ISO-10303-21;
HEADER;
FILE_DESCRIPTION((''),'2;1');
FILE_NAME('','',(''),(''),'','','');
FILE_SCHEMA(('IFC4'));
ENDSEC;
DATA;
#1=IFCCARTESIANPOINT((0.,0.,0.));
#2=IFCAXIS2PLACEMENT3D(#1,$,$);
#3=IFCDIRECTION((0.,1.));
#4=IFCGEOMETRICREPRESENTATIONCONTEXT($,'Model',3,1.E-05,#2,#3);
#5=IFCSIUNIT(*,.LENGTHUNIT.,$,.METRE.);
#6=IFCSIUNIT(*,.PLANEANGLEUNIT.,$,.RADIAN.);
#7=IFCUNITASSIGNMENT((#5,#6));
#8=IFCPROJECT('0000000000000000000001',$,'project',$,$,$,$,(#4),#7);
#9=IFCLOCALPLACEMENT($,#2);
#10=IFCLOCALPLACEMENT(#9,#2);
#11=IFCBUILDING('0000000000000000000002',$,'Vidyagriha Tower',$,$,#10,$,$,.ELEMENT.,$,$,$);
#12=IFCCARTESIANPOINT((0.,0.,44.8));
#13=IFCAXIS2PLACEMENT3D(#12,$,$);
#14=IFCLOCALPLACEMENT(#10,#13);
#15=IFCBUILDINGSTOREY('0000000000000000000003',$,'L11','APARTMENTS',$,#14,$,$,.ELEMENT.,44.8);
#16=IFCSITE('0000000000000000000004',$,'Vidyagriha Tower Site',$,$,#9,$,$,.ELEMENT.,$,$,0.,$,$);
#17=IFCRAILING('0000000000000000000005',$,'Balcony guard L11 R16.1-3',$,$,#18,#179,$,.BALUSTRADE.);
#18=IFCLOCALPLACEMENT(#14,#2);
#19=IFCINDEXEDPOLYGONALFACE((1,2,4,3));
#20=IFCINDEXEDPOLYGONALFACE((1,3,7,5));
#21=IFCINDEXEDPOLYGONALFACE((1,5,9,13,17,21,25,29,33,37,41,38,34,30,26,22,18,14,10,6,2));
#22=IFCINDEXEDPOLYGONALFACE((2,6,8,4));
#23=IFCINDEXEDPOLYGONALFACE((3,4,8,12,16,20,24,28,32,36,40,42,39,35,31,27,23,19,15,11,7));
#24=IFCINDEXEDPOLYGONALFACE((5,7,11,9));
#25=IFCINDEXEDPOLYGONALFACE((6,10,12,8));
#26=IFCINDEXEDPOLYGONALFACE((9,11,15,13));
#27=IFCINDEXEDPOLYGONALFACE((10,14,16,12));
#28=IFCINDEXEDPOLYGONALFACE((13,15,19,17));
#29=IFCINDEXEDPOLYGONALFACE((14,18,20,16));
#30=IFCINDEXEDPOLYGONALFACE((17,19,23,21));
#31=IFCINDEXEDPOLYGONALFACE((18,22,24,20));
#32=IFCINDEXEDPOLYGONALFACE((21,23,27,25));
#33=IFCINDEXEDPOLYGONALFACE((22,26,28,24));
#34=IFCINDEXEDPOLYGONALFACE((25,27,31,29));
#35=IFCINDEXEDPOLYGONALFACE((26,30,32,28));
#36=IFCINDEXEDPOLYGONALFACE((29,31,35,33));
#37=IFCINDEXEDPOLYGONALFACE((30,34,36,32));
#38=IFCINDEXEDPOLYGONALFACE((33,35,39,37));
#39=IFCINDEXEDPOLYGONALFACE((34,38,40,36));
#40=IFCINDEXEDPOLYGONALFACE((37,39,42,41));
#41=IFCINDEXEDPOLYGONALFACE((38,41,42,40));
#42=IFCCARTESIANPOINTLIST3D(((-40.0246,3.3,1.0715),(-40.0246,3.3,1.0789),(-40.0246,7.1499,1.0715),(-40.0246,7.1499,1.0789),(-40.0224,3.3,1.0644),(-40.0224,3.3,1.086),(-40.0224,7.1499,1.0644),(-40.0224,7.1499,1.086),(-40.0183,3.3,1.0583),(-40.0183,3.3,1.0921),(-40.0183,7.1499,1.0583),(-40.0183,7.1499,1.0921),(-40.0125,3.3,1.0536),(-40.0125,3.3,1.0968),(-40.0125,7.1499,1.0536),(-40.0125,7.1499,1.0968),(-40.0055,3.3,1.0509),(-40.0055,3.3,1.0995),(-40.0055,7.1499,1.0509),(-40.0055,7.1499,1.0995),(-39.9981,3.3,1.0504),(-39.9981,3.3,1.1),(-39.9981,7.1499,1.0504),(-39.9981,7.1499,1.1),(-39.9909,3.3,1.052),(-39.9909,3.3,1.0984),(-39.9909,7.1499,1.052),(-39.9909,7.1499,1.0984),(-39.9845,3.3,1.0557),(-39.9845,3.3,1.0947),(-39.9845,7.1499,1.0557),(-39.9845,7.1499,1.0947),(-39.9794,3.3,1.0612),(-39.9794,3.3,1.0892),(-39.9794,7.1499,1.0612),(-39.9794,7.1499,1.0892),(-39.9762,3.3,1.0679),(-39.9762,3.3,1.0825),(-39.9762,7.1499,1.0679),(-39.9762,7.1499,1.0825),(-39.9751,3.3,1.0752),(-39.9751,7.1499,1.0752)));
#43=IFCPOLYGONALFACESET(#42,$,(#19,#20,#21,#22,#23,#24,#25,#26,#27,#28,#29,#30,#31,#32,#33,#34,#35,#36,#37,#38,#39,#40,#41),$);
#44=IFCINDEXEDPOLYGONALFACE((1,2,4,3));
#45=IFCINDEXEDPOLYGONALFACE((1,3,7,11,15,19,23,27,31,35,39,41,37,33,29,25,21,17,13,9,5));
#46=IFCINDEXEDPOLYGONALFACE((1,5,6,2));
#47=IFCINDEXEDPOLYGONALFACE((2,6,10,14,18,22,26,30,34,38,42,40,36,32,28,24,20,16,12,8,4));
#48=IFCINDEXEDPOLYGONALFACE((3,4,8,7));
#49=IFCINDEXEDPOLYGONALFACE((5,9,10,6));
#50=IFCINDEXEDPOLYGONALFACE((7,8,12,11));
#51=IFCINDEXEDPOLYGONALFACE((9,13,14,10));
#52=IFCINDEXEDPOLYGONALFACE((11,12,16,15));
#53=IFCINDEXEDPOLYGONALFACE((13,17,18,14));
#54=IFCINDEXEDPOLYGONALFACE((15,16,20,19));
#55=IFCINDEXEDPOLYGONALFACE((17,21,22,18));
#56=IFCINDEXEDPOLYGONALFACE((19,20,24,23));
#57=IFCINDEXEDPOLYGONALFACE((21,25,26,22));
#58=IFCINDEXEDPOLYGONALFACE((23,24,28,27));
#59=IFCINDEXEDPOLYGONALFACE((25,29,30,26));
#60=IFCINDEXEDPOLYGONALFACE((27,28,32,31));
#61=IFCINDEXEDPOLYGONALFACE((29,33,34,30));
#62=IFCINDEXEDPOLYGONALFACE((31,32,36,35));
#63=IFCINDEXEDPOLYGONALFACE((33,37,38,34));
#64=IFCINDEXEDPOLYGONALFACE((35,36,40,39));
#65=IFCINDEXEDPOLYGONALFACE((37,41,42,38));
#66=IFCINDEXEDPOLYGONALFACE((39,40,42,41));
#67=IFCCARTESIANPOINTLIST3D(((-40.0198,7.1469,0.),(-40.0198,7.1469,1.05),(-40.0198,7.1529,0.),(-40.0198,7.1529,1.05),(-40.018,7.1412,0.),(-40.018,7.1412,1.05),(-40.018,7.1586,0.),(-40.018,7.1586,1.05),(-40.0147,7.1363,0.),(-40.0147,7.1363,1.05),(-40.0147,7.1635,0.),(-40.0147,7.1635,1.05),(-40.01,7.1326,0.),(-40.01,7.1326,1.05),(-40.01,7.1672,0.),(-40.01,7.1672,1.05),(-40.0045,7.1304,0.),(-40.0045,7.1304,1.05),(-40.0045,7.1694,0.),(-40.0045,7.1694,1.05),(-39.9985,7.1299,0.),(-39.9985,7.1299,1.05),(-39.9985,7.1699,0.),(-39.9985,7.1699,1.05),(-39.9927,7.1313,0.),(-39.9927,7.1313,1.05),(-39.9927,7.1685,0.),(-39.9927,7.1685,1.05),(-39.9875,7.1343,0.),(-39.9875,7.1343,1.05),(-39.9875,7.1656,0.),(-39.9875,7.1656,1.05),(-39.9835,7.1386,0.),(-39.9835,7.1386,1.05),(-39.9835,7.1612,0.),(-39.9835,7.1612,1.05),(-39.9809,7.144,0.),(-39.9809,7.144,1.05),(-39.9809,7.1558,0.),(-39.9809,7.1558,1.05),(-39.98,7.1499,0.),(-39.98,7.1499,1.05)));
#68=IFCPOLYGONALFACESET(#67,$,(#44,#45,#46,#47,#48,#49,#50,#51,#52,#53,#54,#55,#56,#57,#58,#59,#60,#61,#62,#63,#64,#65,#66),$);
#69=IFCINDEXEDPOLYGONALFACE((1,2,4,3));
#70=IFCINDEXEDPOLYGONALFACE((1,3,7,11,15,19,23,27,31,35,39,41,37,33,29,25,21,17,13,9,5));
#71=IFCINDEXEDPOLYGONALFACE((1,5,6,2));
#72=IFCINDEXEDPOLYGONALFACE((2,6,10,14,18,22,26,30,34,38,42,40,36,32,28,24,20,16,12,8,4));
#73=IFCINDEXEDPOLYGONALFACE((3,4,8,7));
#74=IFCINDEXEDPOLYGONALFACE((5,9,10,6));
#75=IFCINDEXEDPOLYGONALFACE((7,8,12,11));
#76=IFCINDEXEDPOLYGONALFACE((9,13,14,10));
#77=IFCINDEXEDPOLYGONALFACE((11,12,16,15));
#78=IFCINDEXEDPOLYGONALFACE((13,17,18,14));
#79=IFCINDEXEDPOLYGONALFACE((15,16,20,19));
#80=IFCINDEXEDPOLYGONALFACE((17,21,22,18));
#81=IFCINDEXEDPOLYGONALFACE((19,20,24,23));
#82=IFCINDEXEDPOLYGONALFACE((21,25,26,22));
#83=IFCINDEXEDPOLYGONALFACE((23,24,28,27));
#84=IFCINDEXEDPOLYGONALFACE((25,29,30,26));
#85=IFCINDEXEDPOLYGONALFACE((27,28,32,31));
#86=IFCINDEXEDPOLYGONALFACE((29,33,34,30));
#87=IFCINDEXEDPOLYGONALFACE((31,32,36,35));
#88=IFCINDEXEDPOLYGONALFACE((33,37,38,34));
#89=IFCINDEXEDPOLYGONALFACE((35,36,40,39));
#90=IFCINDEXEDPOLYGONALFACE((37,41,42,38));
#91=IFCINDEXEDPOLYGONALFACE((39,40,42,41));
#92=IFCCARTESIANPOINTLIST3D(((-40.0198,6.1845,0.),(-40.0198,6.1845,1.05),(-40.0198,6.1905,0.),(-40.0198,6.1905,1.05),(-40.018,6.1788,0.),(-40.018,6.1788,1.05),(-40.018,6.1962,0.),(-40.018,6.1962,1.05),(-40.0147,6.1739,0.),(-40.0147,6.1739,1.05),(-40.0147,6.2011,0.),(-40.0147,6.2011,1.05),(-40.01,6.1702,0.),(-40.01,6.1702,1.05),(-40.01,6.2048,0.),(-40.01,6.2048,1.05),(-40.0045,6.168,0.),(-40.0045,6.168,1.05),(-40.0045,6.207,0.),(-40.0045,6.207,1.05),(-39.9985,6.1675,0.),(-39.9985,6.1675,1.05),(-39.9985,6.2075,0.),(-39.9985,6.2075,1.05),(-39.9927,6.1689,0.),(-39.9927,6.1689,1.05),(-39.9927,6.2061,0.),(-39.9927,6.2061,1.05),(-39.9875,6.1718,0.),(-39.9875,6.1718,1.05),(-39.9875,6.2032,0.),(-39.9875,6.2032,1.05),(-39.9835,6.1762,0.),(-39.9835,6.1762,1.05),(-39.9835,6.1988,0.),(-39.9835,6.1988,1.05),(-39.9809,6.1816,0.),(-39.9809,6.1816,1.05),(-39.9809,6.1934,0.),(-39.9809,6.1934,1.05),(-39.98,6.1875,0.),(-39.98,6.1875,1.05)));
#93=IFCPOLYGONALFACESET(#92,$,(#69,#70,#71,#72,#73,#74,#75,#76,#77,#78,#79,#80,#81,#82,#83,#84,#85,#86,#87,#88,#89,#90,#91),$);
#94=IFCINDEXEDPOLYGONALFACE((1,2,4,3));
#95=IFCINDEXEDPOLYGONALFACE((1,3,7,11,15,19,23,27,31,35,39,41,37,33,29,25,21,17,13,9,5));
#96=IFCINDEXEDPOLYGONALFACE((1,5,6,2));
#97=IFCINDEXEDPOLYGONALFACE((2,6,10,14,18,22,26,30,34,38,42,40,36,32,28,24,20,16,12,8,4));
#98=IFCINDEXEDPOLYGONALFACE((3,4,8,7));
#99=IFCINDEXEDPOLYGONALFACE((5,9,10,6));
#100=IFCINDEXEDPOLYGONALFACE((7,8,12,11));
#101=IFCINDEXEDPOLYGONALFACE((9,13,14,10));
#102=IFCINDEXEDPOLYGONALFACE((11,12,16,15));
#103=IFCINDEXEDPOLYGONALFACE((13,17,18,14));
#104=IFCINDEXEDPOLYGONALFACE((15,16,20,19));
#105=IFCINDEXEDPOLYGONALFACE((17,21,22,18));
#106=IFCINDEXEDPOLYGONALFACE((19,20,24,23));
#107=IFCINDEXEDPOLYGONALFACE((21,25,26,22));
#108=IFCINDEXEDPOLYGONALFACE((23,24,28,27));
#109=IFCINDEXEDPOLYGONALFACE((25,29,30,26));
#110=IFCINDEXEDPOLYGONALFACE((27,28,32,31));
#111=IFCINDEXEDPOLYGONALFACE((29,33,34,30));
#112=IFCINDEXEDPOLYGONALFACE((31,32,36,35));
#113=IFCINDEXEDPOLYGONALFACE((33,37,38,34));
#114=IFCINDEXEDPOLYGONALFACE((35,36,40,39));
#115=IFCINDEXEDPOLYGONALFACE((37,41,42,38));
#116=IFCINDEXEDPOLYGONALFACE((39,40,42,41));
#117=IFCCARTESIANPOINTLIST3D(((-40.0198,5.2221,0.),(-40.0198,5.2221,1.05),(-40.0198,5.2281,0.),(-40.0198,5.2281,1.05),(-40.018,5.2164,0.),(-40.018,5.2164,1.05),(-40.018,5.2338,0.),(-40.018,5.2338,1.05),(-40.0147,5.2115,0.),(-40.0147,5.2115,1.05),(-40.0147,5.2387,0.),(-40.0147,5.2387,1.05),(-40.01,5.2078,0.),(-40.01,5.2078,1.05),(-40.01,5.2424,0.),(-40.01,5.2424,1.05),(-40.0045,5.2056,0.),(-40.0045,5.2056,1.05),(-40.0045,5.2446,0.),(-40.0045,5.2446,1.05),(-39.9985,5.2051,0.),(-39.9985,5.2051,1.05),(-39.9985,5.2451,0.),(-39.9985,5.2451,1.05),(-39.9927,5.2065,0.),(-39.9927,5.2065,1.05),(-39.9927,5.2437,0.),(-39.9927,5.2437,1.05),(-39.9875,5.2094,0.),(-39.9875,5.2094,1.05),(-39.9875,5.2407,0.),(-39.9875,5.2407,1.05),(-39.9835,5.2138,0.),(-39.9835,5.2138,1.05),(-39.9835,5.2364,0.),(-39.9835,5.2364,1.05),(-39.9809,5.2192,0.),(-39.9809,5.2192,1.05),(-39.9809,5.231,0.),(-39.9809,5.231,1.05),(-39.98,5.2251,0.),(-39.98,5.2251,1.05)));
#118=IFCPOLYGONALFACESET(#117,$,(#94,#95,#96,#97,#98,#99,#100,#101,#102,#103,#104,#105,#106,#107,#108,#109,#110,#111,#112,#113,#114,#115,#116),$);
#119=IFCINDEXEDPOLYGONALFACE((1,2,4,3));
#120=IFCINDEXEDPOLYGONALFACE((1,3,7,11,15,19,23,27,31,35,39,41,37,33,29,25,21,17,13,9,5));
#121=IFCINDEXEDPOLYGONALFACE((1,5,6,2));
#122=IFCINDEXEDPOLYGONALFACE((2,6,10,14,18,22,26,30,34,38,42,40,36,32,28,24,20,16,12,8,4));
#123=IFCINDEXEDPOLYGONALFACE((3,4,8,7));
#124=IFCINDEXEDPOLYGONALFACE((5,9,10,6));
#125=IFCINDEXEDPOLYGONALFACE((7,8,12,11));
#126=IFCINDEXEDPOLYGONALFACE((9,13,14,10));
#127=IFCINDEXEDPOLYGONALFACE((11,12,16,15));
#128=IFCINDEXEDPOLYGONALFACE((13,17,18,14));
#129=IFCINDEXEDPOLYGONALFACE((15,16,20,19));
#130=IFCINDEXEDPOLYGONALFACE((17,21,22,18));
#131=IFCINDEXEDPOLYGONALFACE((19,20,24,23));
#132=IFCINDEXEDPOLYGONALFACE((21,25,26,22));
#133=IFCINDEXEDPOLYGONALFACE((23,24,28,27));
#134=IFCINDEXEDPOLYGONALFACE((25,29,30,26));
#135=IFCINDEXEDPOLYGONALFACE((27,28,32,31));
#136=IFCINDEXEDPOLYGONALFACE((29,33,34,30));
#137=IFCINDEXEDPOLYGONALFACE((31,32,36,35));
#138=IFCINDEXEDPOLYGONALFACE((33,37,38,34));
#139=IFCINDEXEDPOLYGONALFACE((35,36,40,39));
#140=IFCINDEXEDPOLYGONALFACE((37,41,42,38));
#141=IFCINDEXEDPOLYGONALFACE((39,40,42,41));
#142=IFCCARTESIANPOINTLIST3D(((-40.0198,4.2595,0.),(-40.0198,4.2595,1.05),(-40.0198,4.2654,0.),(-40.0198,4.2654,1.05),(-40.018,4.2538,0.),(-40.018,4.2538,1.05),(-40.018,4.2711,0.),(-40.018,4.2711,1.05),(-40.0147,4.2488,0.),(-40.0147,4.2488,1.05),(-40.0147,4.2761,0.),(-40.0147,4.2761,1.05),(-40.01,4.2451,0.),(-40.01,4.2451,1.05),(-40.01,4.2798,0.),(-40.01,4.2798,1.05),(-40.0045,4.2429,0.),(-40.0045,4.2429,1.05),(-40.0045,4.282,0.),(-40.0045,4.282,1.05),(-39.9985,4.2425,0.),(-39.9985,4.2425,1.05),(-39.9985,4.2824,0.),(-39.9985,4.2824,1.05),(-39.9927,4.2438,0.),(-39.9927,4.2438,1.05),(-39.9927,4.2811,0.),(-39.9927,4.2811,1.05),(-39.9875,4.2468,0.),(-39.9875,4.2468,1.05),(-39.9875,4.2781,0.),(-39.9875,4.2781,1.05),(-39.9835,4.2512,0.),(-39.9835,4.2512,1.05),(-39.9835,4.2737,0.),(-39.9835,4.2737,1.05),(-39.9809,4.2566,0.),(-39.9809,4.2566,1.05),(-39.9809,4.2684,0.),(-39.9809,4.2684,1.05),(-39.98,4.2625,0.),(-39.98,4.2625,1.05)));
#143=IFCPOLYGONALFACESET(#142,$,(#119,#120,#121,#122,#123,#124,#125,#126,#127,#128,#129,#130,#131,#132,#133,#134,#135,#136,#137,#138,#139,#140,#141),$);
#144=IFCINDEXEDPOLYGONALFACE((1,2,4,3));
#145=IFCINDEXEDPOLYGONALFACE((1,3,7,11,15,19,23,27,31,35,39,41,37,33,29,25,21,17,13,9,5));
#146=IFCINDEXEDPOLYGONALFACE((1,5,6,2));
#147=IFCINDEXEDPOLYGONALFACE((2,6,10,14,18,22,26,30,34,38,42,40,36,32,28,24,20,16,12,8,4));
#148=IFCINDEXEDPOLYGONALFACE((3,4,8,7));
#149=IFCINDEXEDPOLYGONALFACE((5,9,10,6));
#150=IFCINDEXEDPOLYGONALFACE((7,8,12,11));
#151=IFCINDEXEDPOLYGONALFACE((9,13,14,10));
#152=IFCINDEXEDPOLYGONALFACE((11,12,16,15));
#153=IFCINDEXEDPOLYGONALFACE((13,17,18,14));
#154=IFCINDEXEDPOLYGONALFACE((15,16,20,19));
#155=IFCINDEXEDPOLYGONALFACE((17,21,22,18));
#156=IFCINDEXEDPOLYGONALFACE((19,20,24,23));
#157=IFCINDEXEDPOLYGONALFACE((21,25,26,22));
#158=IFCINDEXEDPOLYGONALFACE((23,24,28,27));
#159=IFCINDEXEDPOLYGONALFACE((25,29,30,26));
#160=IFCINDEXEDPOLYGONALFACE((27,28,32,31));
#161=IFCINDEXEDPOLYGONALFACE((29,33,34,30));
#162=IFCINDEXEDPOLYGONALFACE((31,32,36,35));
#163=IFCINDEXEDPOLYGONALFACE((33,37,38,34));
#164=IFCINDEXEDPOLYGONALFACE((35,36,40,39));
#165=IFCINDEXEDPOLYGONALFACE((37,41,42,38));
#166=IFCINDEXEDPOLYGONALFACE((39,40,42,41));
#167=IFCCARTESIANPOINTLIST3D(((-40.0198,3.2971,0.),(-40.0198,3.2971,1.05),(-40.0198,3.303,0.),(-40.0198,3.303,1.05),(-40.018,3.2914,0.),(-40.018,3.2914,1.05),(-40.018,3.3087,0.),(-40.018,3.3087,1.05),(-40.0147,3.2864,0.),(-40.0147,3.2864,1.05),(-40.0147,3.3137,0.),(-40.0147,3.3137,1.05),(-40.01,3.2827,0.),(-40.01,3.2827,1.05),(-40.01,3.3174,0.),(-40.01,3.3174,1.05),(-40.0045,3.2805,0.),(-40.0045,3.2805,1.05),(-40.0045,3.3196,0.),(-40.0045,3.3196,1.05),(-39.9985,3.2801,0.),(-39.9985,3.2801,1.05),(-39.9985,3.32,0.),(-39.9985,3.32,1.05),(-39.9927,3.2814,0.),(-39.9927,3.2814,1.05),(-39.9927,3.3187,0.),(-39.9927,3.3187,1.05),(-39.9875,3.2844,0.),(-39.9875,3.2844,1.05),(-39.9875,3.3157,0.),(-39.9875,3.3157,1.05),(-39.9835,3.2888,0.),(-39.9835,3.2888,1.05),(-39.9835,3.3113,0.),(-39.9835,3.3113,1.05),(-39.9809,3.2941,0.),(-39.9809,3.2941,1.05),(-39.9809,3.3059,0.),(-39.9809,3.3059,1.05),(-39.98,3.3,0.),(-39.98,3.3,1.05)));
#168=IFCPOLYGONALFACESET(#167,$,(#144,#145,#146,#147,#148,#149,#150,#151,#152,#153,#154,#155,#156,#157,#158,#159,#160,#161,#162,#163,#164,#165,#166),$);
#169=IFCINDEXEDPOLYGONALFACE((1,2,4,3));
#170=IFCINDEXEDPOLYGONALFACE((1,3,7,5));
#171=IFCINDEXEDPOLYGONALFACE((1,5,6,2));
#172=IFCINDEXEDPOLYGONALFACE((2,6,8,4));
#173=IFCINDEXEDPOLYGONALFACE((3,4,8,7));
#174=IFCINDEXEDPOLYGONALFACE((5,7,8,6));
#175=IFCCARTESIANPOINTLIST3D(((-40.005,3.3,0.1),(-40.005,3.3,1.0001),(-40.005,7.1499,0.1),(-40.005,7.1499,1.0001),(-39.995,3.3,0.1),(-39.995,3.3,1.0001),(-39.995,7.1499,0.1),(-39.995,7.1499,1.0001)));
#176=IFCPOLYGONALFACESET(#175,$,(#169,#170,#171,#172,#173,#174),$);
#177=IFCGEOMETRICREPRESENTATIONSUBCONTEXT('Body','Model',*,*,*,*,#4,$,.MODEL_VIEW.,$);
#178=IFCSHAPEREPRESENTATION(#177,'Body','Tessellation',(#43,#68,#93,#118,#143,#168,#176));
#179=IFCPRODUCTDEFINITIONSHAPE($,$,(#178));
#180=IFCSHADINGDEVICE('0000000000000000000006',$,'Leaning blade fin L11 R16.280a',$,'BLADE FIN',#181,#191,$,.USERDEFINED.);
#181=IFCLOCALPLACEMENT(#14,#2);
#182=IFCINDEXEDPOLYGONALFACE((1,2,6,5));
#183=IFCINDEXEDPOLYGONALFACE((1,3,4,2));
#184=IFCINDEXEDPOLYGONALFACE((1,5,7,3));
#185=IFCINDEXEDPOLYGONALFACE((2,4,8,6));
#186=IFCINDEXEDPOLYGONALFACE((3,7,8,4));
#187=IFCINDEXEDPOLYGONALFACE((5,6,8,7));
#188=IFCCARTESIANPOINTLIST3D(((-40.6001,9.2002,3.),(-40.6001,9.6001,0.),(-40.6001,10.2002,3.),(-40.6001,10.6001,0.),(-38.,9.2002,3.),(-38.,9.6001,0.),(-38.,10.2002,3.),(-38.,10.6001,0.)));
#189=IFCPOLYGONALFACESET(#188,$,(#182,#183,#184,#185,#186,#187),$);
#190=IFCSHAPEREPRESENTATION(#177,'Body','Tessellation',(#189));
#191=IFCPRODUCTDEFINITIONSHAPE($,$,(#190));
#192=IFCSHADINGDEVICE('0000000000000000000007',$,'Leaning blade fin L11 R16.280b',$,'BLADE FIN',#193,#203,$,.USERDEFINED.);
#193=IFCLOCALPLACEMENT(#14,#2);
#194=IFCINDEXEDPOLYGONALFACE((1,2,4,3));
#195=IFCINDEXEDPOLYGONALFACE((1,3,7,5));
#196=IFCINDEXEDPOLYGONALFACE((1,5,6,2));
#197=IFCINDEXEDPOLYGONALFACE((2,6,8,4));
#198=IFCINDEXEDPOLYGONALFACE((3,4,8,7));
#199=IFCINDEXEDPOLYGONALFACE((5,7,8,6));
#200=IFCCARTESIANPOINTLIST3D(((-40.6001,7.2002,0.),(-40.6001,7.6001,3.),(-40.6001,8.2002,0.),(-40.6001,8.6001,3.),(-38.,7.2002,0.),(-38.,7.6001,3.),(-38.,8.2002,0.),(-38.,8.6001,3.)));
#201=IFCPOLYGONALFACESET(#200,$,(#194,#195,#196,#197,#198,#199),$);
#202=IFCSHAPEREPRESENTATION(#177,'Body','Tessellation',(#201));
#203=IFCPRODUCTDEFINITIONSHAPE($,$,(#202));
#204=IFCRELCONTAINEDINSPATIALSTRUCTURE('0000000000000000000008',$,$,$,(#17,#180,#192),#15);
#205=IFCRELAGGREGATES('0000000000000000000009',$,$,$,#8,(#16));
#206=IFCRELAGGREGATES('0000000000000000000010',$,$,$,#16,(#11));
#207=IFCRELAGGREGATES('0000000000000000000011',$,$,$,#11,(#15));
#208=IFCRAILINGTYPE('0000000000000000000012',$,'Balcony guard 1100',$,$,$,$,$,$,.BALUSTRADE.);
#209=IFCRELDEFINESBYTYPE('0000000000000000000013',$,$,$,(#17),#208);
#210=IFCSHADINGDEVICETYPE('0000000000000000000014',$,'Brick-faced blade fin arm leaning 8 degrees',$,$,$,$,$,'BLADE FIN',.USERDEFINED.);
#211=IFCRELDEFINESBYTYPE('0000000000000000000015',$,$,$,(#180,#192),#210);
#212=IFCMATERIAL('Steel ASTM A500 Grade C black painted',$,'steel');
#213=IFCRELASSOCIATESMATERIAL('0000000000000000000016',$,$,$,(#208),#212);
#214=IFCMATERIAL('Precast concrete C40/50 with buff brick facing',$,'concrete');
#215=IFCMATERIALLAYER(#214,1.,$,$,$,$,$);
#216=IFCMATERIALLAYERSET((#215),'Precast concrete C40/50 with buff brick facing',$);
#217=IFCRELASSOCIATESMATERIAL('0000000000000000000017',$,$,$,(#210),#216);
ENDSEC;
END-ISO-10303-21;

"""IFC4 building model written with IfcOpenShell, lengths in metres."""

from ifc_helpers import new_model, si_unit, direction, frame, origin, origin_2d, place, context, subcontext, project, spatial, polyline, rectangle, circle, outline, extrude, material, layer, layer_set, type_object, element, save


model = new_model("IFC4")

# Units and contexts
model_context = context("Model", 3, precision=1e-05, world=origin(), true_north=direction((0.0, 1.0)))
body_context = subcontext(model_context, "Body", "Model", "MODEL_VIEW")
ifc_project = project(units=[si_unit("LENGTHUNIT", "METRE"), si_unit("PLANEANGLEUNIT", "RADIAN")], contexts=[model_context])

# Site, building, storey
site_placement = place(None, origin())
site = spatial("IfcSite", under=ifc_project, at=site_placement, Name="Vidyagriha Tower Site", CompositionType="ELEMENT", RefElevation=0.0)
building_placement = place(site_placement, origin())
building = spatial("IfcBuilding", under=site, at=building_placement, Name="Vidyagriha Tower", CompositionType="ELEMENT")
storey_placement = place(building_placement, frame((0.0, 0.0, 44.8)))
storey = spatial("IfcBuildingStorey", under=building, at=storey_placement, Name="L11", Description="APARTMENTS", CompositionType="ELEMENT", Elevation=44.8)

# Railing
ifc_material_1 = material(Name="Steel ASTM A500 Grade C black painted", Category="steel")
railing_type_1 = type_object("IfcRailingType", Name="Balcony guard 1100", PredefinedType="BALUSTRADE", material=ifc_material_1)
railing_1_placement = place(storey_placement, frame((-40.0, 7.1499, 0.0)))
element("IfcRailing", 1, at=railing_1_placement, inside=storey, type_object=railing_type_1, Name="Balcony guard L11 R16.1-3", PredefinedType="BALUSTRADE", context=body_context, shape_type="SweptSolid", body=[
    extrude(circle(Radius=0.0249, at=origin_2d()), frame((0.0, 0.0, 1.0752), z_axis=(0.0, -1.0, 0.0), x_axis=(1.0, 0.0, 0.0)), (0.0, 0.0, 1.0), 3.8499),
    extrude(circle(Radius=0.02, at=origin_2d()), origin(), (0.0, 0.0, 1.0), 1.05),
    extrude(circle(Radius=0.02, at=origin_2d()), frame((0.0, -0.9624, 0.0)), (0.0, 0.0, 1.0), 1.05),
    extrude(circle(Radius=0.02, at=origin_2d()), frame((0.0, -1.9248, 0.0)), (0.0, 0.0, 1.0), 1.05),
    extrude(circle(Radius=0.02, at=origin_2d()), frame((0.0, -2.8875, 0.0)), (0.0, 0.0, 1.0), 1.05),
    extrude(circle(Radius=0.02, at=origin_2d()), frame((0.0, -3.8499, 0.0)), (0.0, 0.0, 1.0), 1.05),
    extrude(rectangle(XDim=0.01, YDim=0.9001, at=origin_2d()), frame((0.0, 0.0, 0.55), z_axis=(0.0, -1.0, 0.0), x_axis=(1.0, 0.0, 0.0)), (0.0, 0.0, 1.0), 3.8499),
])

# Shading devices
ifc_material_2 = material(Name="Precast concrete C40/50 with buff brick facing", Category="concrete")
ifc_layer_1 = layer(ifc_material_2, 1.0)
ifc_layer_set_1 = layer_set([ifc_layer_1], Name="Precast concrete C40/50 with buff brick facing")
shading_device_type_1 = type_object("IfcShadingDeviceType", Name="Brick-faced blade fin arm leaning 8 degrees", ElementType="BLADE FIN", PredefinedType="USERDEFINED", material=ifc_layer_set_1)
shading_device_1_placement = place(storey_placement, frame((-39.3, 10.6001, 0.0), z_axis=(0.0, 0.0, 1.0), x_axis=(0.0, -1.0, 0.0)))
element("IfcShadingDevice", 2, at=shading_device_1_placement, inside=storey, type_object=shading_device_type_1, Name="Leaning blade fin L11 R16.280a", ObjectType="BLADE FIN", PredefinedType="USERDEFINED", context=body_context, shape_type="SweptSolid", body=[
    extrude(outline(polyline([(0.0, 0.0), (1.0, 0.0), (1.3999, 3.0), (0.3999, 3.0), (0.0, 0.0)])), frame((0.0, 1.3, 0.0), z_axis=(0.0, -1.0, 0.0), x_axis=(1.0, 0.0, 0.0)), (0.0, 0.0, 1.0), 2.6001),
])
shading_device_2_placement = place(storey_placement, frame((-39.3, 8.6001, 0.0), z_axis=(0.0, 0.0, 1.0), x_axis=(0.0, -1.0, 0.0)))
element("IfcShadingDevice", 3, at=shading_device_2_placement, inside=storey, type_object=shading_device_type_1, Name="Leaning blade fin L11 R16.280b", ObjectType="BLADE FIN", PredefinedType="USERDEFINED", context=body_context, shape_type="SweptSolid", body=[
    extrude(outline(polyline([(0.3999, 0.0), (1.3999, 0.0), (1.0, 3.0), (0.0, 3.0), (0.3999, 0.0)])), frame((0.0, 1.3, 0.0), z_axis=(0.0, -1.0, 0.0), x_axis=(1.0, 0.0, 0.0)), (0.0, 0.0, 1.0), 2.6001),
])

save(model, "model.ifc")
